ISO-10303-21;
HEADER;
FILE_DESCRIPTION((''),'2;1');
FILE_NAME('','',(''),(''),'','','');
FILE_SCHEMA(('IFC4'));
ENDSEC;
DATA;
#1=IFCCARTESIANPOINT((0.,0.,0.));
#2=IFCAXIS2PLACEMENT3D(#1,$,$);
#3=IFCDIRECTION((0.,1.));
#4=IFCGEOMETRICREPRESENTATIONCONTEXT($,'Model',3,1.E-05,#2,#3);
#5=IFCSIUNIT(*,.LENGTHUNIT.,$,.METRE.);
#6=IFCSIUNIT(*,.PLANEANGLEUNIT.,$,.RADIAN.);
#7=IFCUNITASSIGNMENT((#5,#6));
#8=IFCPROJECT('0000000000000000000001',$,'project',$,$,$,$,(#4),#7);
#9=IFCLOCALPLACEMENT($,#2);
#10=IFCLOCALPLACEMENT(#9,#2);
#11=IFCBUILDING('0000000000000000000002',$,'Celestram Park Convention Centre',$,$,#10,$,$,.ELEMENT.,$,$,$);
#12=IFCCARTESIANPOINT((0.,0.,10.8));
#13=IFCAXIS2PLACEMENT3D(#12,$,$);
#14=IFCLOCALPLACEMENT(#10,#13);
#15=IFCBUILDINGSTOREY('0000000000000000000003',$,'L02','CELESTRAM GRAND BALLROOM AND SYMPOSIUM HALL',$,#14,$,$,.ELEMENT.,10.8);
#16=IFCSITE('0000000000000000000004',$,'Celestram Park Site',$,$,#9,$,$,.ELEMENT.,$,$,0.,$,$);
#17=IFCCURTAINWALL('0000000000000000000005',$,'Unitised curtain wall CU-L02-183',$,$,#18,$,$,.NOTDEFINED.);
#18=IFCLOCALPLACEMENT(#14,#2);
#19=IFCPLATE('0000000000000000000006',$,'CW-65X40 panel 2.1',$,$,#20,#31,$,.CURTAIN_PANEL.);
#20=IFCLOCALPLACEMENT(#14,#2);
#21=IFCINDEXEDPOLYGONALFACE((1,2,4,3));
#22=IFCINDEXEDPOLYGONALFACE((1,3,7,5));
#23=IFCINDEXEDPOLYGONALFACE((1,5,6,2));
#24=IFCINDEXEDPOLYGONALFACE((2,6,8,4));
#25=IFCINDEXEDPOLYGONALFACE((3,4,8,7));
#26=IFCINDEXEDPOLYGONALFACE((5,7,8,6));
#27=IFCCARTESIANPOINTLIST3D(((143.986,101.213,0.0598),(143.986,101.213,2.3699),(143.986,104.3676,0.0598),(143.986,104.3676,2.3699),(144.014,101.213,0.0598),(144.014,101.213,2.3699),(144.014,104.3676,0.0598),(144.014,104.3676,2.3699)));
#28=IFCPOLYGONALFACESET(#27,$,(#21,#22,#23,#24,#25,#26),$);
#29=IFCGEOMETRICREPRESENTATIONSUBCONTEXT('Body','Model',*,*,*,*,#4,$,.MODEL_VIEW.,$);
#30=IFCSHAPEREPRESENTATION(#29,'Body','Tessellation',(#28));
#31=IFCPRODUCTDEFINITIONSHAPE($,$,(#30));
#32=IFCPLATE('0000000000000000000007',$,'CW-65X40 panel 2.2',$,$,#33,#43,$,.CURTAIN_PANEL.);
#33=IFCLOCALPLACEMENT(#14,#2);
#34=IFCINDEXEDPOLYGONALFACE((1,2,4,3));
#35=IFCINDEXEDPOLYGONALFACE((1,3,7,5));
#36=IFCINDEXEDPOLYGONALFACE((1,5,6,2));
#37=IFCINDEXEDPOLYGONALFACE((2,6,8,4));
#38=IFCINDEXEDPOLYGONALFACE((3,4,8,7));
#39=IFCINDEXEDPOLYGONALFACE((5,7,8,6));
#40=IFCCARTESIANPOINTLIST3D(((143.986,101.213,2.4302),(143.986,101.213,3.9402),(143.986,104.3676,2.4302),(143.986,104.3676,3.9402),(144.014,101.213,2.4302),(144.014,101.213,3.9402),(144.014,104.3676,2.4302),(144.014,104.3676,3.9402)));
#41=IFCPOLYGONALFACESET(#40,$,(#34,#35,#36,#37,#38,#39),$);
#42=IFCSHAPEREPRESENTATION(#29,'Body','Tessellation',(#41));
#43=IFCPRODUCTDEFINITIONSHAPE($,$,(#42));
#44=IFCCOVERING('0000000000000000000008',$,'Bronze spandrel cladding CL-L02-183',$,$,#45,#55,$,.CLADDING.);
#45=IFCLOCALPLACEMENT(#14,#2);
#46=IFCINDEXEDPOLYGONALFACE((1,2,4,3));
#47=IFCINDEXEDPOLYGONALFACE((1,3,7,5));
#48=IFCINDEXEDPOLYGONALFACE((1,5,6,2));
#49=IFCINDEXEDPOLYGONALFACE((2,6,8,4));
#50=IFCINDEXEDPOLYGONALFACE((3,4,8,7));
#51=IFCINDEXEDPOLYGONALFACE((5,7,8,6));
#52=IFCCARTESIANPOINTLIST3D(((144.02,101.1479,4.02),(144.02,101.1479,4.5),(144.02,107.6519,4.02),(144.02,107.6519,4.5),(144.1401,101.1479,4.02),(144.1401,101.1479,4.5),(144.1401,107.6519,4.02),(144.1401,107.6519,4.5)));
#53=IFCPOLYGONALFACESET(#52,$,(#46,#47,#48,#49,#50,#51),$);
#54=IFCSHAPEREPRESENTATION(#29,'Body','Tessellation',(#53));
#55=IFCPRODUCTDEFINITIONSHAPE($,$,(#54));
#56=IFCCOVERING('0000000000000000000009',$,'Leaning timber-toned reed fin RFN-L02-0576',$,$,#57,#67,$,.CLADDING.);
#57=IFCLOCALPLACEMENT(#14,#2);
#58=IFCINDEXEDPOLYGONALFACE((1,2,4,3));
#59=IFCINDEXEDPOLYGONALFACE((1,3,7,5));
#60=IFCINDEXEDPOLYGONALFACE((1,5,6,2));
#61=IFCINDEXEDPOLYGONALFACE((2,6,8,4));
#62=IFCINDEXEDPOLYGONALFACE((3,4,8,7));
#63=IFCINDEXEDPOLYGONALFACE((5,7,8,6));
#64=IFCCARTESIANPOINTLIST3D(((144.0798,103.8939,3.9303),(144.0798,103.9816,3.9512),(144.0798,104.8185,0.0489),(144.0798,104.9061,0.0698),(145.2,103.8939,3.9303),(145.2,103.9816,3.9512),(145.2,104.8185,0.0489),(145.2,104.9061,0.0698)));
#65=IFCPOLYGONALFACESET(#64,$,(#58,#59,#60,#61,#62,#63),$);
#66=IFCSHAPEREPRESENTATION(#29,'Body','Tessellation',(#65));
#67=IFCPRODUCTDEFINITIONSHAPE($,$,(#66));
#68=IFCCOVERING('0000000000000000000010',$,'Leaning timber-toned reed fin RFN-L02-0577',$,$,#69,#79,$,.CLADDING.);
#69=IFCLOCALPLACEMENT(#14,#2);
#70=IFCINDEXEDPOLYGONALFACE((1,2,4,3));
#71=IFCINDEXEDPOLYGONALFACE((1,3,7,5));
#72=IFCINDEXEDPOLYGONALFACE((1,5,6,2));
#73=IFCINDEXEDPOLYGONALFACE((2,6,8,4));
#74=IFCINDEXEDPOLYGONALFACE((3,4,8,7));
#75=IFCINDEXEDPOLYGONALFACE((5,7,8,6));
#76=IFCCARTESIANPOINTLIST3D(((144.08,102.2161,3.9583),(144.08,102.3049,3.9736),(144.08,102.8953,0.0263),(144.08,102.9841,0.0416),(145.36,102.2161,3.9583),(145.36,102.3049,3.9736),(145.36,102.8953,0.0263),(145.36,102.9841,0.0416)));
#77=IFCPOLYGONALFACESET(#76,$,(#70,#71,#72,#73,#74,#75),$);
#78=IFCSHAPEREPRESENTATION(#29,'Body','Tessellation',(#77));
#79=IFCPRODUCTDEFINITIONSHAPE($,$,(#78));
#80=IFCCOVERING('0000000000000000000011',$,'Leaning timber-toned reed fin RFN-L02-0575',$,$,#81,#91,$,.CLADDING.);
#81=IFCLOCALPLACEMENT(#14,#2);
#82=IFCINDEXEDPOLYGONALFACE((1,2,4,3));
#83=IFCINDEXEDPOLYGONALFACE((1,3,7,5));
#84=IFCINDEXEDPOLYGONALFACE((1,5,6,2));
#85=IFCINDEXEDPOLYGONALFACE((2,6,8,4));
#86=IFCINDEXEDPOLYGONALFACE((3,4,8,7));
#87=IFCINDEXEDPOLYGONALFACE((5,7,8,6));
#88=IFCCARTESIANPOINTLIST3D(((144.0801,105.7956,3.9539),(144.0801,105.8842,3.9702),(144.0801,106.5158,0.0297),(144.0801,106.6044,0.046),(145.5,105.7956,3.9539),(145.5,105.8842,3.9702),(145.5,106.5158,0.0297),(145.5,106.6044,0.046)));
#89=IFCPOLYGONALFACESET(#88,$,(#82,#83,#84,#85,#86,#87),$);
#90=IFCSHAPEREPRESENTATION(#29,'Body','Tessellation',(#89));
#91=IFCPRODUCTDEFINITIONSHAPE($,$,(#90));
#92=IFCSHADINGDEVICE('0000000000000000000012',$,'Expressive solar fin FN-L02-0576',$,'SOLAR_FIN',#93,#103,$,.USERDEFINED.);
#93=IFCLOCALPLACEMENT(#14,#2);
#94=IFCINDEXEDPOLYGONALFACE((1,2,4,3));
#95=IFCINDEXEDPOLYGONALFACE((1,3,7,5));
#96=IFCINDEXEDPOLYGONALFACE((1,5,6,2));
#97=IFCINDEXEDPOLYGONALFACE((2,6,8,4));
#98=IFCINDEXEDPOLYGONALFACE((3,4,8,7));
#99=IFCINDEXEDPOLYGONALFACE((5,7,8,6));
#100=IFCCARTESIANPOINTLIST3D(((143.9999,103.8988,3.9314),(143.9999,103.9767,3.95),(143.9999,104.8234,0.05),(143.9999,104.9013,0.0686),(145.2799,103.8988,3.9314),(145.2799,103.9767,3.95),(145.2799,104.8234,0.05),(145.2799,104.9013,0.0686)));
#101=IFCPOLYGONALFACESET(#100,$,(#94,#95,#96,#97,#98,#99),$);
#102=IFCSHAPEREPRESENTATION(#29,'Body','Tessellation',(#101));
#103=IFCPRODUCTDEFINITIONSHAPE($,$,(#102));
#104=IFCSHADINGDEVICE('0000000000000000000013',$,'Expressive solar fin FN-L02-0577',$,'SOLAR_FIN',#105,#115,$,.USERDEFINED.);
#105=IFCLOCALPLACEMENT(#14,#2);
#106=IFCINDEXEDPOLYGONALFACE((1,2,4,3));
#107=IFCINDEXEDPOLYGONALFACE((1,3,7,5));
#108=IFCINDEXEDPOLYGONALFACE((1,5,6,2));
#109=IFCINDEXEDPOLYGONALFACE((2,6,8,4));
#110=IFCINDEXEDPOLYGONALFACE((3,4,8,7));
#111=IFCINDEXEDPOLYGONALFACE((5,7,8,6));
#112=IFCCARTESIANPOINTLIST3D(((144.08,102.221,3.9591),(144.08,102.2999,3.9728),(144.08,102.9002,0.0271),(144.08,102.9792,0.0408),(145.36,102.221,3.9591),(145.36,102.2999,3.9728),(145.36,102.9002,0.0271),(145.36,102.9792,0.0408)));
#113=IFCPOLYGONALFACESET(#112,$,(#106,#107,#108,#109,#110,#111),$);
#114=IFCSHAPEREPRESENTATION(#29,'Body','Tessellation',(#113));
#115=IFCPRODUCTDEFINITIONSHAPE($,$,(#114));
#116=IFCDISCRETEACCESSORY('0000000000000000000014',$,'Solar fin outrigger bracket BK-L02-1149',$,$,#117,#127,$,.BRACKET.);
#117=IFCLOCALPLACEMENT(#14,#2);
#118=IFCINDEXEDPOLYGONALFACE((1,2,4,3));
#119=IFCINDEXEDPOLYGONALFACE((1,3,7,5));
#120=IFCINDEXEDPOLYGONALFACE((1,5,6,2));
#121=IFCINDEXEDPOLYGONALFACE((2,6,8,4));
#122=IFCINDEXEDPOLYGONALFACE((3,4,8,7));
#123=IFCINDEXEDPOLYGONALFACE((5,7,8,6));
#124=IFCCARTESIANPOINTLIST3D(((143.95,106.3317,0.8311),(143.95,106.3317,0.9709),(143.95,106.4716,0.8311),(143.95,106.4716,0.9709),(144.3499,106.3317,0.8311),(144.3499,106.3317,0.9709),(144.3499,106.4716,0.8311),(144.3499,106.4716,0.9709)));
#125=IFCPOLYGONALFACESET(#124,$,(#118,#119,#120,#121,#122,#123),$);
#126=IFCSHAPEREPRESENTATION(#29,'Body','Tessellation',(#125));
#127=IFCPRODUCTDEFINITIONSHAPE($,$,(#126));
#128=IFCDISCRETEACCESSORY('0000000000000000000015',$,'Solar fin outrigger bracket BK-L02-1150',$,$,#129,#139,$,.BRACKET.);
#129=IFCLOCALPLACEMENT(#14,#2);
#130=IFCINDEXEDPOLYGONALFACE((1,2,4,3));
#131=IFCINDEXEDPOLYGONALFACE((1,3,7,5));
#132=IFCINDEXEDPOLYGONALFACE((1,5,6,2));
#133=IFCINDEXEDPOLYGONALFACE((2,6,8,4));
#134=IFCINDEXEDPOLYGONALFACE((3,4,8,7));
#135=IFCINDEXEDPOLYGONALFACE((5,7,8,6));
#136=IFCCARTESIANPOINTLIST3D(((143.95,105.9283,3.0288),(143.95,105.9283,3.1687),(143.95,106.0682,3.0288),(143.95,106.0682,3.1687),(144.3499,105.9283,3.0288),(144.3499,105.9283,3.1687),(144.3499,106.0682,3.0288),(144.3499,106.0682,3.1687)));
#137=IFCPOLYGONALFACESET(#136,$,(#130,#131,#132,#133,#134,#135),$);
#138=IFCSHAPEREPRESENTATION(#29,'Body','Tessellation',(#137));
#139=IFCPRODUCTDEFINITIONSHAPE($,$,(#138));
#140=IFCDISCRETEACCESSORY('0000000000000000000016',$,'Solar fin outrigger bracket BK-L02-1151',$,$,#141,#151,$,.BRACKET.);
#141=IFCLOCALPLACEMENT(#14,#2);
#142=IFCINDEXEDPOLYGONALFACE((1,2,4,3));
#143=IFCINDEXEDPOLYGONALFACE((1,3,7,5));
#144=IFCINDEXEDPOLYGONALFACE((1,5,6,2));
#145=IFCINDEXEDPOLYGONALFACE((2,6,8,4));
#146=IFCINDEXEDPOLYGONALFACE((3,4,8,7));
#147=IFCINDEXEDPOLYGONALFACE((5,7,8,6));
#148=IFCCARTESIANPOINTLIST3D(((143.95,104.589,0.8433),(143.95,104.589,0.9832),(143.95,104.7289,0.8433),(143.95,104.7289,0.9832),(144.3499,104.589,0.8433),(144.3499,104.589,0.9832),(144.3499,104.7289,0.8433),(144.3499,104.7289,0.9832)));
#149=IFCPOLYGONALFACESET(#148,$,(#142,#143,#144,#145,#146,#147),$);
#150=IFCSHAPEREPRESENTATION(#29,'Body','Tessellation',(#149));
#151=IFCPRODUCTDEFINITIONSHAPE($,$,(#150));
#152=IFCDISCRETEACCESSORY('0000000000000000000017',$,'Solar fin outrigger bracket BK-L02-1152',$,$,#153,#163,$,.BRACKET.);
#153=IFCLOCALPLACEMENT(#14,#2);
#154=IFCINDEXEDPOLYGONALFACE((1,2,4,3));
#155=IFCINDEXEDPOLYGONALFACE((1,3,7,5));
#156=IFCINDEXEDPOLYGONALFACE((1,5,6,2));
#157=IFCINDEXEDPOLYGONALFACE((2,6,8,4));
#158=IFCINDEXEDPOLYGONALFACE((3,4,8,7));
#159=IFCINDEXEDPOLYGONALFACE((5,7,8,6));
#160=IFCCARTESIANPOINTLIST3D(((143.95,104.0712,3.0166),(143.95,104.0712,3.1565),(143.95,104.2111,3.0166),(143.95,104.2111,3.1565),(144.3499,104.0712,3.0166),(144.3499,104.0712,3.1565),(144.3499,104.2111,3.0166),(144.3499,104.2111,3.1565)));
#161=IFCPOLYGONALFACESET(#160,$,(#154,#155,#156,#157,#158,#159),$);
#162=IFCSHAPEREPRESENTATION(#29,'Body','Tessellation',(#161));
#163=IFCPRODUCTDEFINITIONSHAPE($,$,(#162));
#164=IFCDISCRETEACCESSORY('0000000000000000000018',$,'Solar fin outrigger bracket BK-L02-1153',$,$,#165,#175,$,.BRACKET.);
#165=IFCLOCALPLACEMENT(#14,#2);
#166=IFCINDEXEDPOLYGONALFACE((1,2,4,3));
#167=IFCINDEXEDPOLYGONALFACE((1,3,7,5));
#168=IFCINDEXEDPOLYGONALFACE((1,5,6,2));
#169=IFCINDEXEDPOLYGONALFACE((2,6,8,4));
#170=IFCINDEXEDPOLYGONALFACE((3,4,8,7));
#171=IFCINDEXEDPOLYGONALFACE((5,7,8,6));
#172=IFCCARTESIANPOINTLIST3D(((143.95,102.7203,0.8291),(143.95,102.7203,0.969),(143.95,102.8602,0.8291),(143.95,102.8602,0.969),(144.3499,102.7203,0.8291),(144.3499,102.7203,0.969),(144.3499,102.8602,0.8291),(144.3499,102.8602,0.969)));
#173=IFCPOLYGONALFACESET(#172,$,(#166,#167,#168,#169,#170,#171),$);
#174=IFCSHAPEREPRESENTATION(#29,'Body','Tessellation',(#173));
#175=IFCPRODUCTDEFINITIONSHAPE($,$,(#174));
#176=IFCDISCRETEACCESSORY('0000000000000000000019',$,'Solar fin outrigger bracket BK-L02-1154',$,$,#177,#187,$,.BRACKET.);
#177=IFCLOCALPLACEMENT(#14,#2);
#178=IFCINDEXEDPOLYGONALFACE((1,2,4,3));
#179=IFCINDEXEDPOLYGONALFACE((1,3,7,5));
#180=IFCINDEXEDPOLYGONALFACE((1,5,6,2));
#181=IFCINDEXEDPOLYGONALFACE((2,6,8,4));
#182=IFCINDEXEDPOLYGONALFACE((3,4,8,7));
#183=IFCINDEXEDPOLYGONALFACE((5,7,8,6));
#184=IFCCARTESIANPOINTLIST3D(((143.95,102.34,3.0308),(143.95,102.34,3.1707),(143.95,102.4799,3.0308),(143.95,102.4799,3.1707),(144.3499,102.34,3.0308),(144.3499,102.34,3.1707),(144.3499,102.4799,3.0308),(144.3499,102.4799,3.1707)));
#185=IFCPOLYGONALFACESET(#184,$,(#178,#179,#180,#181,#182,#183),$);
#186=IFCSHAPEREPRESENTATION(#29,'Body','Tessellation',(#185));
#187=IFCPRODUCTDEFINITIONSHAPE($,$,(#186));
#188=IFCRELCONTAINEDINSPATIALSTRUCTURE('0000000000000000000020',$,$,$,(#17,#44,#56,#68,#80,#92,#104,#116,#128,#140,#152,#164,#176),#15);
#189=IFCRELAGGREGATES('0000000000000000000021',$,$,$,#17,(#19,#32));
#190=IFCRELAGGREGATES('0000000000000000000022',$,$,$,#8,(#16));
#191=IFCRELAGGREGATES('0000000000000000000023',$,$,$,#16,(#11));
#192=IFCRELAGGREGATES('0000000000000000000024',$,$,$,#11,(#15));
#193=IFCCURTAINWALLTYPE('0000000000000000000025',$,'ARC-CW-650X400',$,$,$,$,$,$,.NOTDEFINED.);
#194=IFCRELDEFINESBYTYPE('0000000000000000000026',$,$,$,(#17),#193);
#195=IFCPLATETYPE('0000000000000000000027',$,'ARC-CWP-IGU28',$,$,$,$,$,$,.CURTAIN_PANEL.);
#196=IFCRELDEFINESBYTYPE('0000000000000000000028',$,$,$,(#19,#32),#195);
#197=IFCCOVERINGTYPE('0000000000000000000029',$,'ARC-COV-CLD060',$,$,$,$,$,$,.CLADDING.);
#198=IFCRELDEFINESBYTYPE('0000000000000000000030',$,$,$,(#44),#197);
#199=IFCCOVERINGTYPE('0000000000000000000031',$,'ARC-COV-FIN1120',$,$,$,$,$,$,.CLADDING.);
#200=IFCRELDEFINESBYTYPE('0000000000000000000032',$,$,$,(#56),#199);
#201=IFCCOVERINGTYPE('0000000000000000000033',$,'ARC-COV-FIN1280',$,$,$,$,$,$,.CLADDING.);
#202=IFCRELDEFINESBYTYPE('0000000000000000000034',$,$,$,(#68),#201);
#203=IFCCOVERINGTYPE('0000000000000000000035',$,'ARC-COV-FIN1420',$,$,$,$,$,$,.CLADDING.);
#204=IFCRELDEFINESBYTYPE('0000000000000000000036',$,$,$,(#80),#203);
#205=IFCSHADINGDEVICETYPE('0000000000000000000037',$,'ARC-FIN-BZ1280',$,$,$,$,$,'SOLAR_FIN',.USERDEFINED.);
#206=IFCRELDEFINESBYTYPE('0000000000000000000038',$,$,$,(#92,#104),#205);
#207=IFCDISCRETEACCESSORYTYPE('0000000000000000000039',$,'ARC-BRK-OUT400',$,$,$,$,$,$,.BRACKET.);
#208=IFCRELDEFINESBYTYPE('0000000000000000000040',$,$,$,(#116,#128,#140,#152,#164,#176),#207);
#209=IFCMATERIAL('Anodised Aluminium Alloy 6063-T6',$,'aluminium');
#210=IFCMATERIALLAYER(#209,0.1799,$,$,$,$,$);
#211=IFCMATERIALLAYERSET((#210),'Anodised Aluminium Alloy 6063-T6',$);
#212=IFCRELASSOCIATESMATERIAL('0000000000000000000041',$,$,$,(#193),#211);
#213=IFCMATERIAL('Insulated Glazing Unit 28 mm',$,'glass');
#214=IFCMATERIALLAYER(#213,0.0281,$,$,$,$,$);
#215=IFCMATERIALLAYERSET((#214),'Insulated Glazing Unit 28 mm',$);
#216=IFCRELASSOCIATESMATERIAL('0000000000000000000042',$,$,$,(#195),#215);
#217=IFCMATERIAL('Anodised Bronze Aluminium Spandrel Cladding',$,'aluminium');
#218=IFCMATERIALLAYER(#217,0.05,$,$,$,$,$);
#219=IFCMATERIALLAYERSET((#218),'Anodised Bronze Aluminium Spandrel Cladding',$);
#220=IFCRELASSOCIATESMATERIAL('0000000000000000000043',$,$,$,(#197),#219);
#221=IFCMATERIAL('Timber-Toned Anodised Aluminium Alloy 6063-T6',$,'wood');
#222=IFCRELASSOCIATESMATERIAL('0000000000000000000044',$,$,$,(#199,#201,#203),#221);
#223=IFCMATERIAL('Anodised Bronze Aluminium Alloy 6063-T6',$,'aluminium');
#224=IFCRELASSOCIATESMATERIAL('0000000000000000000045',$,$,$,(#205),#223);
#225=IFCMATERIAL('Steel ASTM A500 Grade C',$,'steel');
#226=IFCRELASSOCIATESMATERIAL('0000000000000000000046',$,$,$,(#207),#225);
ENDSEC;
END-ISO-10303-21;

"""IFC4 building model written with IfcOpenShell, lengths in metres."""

from ifc_helpers import new_model, si_unit, direction, frame, origin, origin_2d, place, context, subcontext, project, spatial, rectangle, extrude, material, layer, layer_set, material_profile, profile_set, type_object, element, aggregate, save


model = new_model("IFC4")

# Units and contexts
model_context = context("Model", 3, precision=1e-05, world=origin(), true_north=direction((0.0, 1.0)))
body_context = subcontext(model_context, "Body", "Model", "MODEL_VIEW")
ifc_project = project(units=[si_unit("LENGTHUNIT", "METRE"), si_unit("PLANEANGLEUNIT", "RADIAN")], contexts=[model_context])

# Site, building, storey
site_placement = place(None, origin())
site = spatial("IfcSite", under=ifc_project, at=site_placement, Name="Celestram Park Site", CompositionType="ELEMENT", RefElevation=0.0)
building_placement = place(site_placement, origin())
building = spatial("IfcBuilding", under=site, at=building_placement, Name="Celestram Park Convention Centre", CompositionType="ELEMENT")
storey_placement = place(building_placement, frame((0.0, 0.0, 10.8)))
storey = spatial("IfcBuildingStorey", under=building, at=storey_placement, Name="L02", Description="CELESTRAM GRAND BALLROOM AND SYMPOSIUM HALL", CompositionType="ELEMENT", Elevation=10.8)

# Curtain wall
ifc_material_1 = material(Name="Anodised Aluminium Alloy 6063-T6", Category="aluminium")
ifc_layer_1 = layer(ifc_material_1, 0.1799)
ifc_layer_set_1 = layer_set([ifc_layer_1], Name="Anodised Aluminium Alloy 6063-T6")
curtain_wall_type = type_object("IfcCurtainWallType", Name="ARC-CW-650X400", PredefinedType="NOTDEFINED", material=ifc_layer_set_1)
curtain_wall_1_placement = place(storey_placement, origin())
curtain_wall_1 = element("IfcCurtainWall", 1, at=curtain_wall_1_placement, inside=storey, type_object=curtain_wall_type, Name="Unitised curtain wall CU-L02-183", PredefinedType="NOTDEFINED")

# Shared definitions
ifc_material_2 = material(Name="Steel ASTM A500 Grade C", Category="steel")

# Plates
ifc_material_3 = material(Name="Insulated Glazing Unit 28 mm", Category="glass")
ifc_layer_2 = layer(ifc_material_3, 0.0281)
ifc_layer_set_2 = layer_set([ifc_layer_2], Name="Insulated Glazing Unit 28 mm")
plate_type = type_object("IfcPlateType", Name="ARC-CWP-IGU28", PredefinedType="CURTAIN_PANEL", material=ifc_layer_set_2)
plate_1_placement = place(storey_placement, frame((144.0, 102.7903, 0.0598), z_axis=(0.0, 0.0, 1.0), x_axis=(0.0, -1.0, 0.0)))
plate_1 = element("IfcPlate", 2, at=plate_1_placement, type_object=plate_type, Name="CW-65X40 panel 2.1", PredefinedType="CURTAIN_PANEL", context=body_context, shape_type="SweptSolid", body=[
    extrude(rectangle(XDim=3.1545, YDim=0.0281, at=origin_2d()), origin(), (0.0, 0.0, 1.0), 2.3101),
])
plate_2_placement = place(storey_placement, frame((144.0, 102.7903, 2.4302), z_axis=(0.0, 0.0, 1.0), x_axis=(0.0, -1.0, 0.0)))
plate_2 = element("IfcPlate", 3, at=plate_2_placement, type_object=plate_type, Name="CW-65X40 panel 2.2", PredefinedType="CURTAIN_PANEL", context=body_context, shape_type="SweptSolid", body=[
    extrude(rectangle(XDim=3.1545, YDim=0.0281, at=origin_2d()), origin(), (0.0, 0.0, 1.0), 1.51),
])
aggregate(curtain_wall_1, [plate_1, plate_2])

# Coverings
ifc_material_4 = material(Name="Anodised Bronze Aluminium Spandrel Cladding", Category="aluminium")
ifc_layer_3 = layer(ifc_material_4, 0.05)
ifc_layer_set_3 = layer_set([ifc_layer_3], Name="Anodised Bronze Aluminium Spandrel Cladding")
covering_type_1 = type_object("IfcCoveringType", Name="ARC-COV-CLD060", PredefinedType="CLADDING", material=ifc_layer_set_3)
covering_1_placement = place(storey_placement, frame((144.0801, 104.3999, 4.02), z_axis=(0.0, 0.0, 1.0), x_axis=(0.0, -1.0, 0.0)))
element("IfcCovering", 4, at=covering_1_placement, inside=storey, type_object=covering_type_1, Name="Bronze spandrel cladding CL-L02-183", PredefinedType="CLADDING", context=body_context, shape_type="SweptSolid", body=[
    extrude(rectangle(XDim=6.5039, YDim=0.1201, at=origin_2d()), origin(), (0.0, 0.0, 1.0), 0.48),
])
ifc_material_5 = material(Name="Timber-Toned Anodised Aluminium Alloy 6063-T6", Category="wood")
ifc_material_profile_1 = material_profile(ifc_material_5, rectangle(XDim=1.1201, YDim=0.0901, at=origin_2d()), Name="REED1120X90")
ifc_profile_set_1 = profile_set([ifc_material_profile_1], Name="Timber-Toned Anodised Aluminium Alloy 6063-T6")
covering_type_2 = type_object("IfcCoveringType", Name="ARC-COV-FIN1120", PredefinedType="CLADDING", material=ifc_profile_set_1)
covering_2_placement = place(storey_placement, frame((144.6399, 104.8623, 0.0593), z_axis=(0.0, -0.231723, 0.972782), x_axis=(1.0, 0.0, 0.0)))
element("IfcCovering", 5, at=covering_2_placement, inside=storey, type_object=covering_type_2, Name="Leaning timber-toned reed fin RFN-L02-0576", PredefinedType="CLADDING", context=body_context, shape_type="SweptSolid", body=[
    extrude(rectangle(XDim=1.1201, YDim=0.0901, at=origin_2d()), origin(), (0.0, 0.0, 1.0), 3.99),
])
ifc_material_profile_2 = material_profile(ifc_material_5, rectangle(XDim=1.28, YDim=0.0901, at=origin_2d()), Name="REED1280X90")
ifc_profile_set_2 = profile_set([ifc_material_profile_2], Name="Timber-Toned Anodised Aluminium Alloy 6063-T6")
covering_type_3 = type_object("IfcCoveringType", Name="ARC-COV-FIN1280", PredefinedType="CLADDING", material=ifc_profile_set_2)
covering_3_placement = place(storey_placement, frame((144.72, 102.9397, 0.0339), z_axis=(0.0, -0.17022, 0.985406), x_axis=(1.0, 0.0, 0.0)))
element("IfcCovering", 6, at=covering_3_placement, inside=storey, type_object=covering_type_3, Name="Leaning timber-toned reed fin RFN-L02-0577", PredefinedType="CLADDING", context=body_context, shape_type="SweptSolid", body=[
    extrude(rectangle(XDim=1.28, YDim=0.0901, at=origin_2d()), origin(), (0.0, 0.0, 1.0), 3.9902),
])
ifc_material_profile_3 = material_profile(ifc_material_5, rectangle(XDim=1.4199, YDim=0.0901, at=origin_2d()), Name="REED1420X90")
ifc_profile_set_3 = profile_set([ifc_material_profile_3], Name="Timber-Toned Anodised Aluminium Alloy 6063-T6")
covering_type_4 = type_object("IfcCoveringType", Name="ARC-COV-FIN1420", PredefinedType="CLADDING", material=ifc_profile_set_3)
covering_4_placement = place(storey_placement, frame((144.79, 106.5601, 0.0378), z_axis=(0.0, -0.180511, 0.983573), x_axis=(1.0, 0.0, 0.0)))
element("IfcCovering", 7, at=covering_4_placement, inside=storey, type_object=covering_type_4, Name="Leaning timber-toned reed fin RFN-L02-0575", PredefinedType="CLADDING", context=body_context, shape_type="SweptSolid", body=[
    extrude(rectangle(XDim=1.4199, YDim=0.0901, at=origin_2d()), origin(), (0.0, 0.0, 1.0), 3.9897),
])

# Shading devices
ifc_material_6 = material(Name="Anodised Bronze Aluminium Alloy 6063-T6", Category="aluminium")
ifc_material_profile_4 = material_profile(ifc_material_6, rectangle(XDim=1.28, YDim=0.0801, at=origin_2d()), Name="FIN1280X80")
ifc_profile_set_4 = profile_set([ifc_material_profile_4], Name="Anodised Bronze Aluminium Alloy 6063-T6")
shading_device_type = type_object("IfcShadingDeviceType", Name="ARC-FIN-BZ1280", ElementType="SOLAR_FIN", PredefinedType="USERDEFINED", material=ifc_profile_set_4)
shading_device_1_placement = place(storey_placement, frame((144.6399, 104.8623, 0.0593), z_axis=(0.0, -0.231723, 0.972782), x_axis=(1.0, 0.0, 0.0)))
element("IfcShadingDevice", 8, at=shading_device_1_placement, inside=storey, type_object=shading_device_type, Name="Expressive solar fin FN-L02-0576", ObjectType="SOLAR_FIN", PredefinedType="USERDEFINED", context=body_context, shape_type="SweptSolid", body=[
    extrude(rectangle(XDim=1.28, YDim=0.0801, at=origin_2d()), origin(), (0.0, 0.0, 1.0), 3.99),
])
shading_device_2_placement = place(storey_placement, frame((144.72, 102.9397, 0.0339), z_axis=(0.0, -0.17022, 0.985406), x_axis=(1.0, 0.0, 0.0)))
element("IfcShadingDevice", 9, at=shading_device_2_placement, inside=storey, type_object=shading_device_type, Name="Expressive solar fin FN-L02-0577", ObjectType="SOLAR_FIN", PredefinedType="USERDEFINED", context=body_context, shape_type="SweptSolid", body=[
    extrude(rectangle(XDim=1.28, YDim=0.0801, at=origin_2d()), origin(), (0.0, 0.0, 1.0), 3.9902),
])

# Discrete accessories
discrete_accessory_type = type_object("IfcDiscreteAccessoryType", Name="ARC-BRK-OUT400", PredefinedType="BRACKET", material=ifc_material_2)
for number, where, z_axis, x_axis, name in (
    (10, (144.1499, 106.4016, 0.8311), (0.0, 0.0, 1.0), (1.0, 0.0, 0.0), "Solar fin outrigger bracket BK-L02-1149"),
    (11, (144.1499, 105.9983, 3.0288), (0.0, 0.0, 1.0), (1.0, 0.0, 0.0), "Solar fin outrigger bracket BK-L02-1150"),
    (12, (144.1499, 104.6589, 0.8433), (0.0, 0.0, 1.0), (1.0, 0.0, 0.0), "Solar fin outrigger bracket BK-L02-1151"),
    (13, (144.1499, 104.1411, 3.0166), (0.0, 0.0, 1.0), (1.0, 0.0, 0.0), "Solar fin outrigger bracket BK-L02-1152"),
    (14, (144.1499, 102.7903, 0.8291), (0.0, 0.0, 1.0), (1.0, 0.0, 0.0), "Solar fin outrigger bracket BK-L02-1153"),
    (15, (144.1499, 102.4099, 3.0308), (0.0, 0.0, 1.0), (1.0, 0.0, 0.0), "Solar fin outrigger bracket BK-L02-1154"),
):
    element("IfcDiscreteAccessory", number, at=place(storey_placement, frame(where, z_axis=z_axis, x_axis=x_axis)), inside=storey, type_object=discrete_accessory_type, Name=name, PredefinedType="BRACKET", context=body_context, shape_type="SweptSolid", body=[
        extrude(rectangle(XDim=0.3999, YDim=0.1399, at=origin_2d()), origin(), (0.0, 0.0, 1.0), 0.1399),
    ])

save(model, "model.ifc")
